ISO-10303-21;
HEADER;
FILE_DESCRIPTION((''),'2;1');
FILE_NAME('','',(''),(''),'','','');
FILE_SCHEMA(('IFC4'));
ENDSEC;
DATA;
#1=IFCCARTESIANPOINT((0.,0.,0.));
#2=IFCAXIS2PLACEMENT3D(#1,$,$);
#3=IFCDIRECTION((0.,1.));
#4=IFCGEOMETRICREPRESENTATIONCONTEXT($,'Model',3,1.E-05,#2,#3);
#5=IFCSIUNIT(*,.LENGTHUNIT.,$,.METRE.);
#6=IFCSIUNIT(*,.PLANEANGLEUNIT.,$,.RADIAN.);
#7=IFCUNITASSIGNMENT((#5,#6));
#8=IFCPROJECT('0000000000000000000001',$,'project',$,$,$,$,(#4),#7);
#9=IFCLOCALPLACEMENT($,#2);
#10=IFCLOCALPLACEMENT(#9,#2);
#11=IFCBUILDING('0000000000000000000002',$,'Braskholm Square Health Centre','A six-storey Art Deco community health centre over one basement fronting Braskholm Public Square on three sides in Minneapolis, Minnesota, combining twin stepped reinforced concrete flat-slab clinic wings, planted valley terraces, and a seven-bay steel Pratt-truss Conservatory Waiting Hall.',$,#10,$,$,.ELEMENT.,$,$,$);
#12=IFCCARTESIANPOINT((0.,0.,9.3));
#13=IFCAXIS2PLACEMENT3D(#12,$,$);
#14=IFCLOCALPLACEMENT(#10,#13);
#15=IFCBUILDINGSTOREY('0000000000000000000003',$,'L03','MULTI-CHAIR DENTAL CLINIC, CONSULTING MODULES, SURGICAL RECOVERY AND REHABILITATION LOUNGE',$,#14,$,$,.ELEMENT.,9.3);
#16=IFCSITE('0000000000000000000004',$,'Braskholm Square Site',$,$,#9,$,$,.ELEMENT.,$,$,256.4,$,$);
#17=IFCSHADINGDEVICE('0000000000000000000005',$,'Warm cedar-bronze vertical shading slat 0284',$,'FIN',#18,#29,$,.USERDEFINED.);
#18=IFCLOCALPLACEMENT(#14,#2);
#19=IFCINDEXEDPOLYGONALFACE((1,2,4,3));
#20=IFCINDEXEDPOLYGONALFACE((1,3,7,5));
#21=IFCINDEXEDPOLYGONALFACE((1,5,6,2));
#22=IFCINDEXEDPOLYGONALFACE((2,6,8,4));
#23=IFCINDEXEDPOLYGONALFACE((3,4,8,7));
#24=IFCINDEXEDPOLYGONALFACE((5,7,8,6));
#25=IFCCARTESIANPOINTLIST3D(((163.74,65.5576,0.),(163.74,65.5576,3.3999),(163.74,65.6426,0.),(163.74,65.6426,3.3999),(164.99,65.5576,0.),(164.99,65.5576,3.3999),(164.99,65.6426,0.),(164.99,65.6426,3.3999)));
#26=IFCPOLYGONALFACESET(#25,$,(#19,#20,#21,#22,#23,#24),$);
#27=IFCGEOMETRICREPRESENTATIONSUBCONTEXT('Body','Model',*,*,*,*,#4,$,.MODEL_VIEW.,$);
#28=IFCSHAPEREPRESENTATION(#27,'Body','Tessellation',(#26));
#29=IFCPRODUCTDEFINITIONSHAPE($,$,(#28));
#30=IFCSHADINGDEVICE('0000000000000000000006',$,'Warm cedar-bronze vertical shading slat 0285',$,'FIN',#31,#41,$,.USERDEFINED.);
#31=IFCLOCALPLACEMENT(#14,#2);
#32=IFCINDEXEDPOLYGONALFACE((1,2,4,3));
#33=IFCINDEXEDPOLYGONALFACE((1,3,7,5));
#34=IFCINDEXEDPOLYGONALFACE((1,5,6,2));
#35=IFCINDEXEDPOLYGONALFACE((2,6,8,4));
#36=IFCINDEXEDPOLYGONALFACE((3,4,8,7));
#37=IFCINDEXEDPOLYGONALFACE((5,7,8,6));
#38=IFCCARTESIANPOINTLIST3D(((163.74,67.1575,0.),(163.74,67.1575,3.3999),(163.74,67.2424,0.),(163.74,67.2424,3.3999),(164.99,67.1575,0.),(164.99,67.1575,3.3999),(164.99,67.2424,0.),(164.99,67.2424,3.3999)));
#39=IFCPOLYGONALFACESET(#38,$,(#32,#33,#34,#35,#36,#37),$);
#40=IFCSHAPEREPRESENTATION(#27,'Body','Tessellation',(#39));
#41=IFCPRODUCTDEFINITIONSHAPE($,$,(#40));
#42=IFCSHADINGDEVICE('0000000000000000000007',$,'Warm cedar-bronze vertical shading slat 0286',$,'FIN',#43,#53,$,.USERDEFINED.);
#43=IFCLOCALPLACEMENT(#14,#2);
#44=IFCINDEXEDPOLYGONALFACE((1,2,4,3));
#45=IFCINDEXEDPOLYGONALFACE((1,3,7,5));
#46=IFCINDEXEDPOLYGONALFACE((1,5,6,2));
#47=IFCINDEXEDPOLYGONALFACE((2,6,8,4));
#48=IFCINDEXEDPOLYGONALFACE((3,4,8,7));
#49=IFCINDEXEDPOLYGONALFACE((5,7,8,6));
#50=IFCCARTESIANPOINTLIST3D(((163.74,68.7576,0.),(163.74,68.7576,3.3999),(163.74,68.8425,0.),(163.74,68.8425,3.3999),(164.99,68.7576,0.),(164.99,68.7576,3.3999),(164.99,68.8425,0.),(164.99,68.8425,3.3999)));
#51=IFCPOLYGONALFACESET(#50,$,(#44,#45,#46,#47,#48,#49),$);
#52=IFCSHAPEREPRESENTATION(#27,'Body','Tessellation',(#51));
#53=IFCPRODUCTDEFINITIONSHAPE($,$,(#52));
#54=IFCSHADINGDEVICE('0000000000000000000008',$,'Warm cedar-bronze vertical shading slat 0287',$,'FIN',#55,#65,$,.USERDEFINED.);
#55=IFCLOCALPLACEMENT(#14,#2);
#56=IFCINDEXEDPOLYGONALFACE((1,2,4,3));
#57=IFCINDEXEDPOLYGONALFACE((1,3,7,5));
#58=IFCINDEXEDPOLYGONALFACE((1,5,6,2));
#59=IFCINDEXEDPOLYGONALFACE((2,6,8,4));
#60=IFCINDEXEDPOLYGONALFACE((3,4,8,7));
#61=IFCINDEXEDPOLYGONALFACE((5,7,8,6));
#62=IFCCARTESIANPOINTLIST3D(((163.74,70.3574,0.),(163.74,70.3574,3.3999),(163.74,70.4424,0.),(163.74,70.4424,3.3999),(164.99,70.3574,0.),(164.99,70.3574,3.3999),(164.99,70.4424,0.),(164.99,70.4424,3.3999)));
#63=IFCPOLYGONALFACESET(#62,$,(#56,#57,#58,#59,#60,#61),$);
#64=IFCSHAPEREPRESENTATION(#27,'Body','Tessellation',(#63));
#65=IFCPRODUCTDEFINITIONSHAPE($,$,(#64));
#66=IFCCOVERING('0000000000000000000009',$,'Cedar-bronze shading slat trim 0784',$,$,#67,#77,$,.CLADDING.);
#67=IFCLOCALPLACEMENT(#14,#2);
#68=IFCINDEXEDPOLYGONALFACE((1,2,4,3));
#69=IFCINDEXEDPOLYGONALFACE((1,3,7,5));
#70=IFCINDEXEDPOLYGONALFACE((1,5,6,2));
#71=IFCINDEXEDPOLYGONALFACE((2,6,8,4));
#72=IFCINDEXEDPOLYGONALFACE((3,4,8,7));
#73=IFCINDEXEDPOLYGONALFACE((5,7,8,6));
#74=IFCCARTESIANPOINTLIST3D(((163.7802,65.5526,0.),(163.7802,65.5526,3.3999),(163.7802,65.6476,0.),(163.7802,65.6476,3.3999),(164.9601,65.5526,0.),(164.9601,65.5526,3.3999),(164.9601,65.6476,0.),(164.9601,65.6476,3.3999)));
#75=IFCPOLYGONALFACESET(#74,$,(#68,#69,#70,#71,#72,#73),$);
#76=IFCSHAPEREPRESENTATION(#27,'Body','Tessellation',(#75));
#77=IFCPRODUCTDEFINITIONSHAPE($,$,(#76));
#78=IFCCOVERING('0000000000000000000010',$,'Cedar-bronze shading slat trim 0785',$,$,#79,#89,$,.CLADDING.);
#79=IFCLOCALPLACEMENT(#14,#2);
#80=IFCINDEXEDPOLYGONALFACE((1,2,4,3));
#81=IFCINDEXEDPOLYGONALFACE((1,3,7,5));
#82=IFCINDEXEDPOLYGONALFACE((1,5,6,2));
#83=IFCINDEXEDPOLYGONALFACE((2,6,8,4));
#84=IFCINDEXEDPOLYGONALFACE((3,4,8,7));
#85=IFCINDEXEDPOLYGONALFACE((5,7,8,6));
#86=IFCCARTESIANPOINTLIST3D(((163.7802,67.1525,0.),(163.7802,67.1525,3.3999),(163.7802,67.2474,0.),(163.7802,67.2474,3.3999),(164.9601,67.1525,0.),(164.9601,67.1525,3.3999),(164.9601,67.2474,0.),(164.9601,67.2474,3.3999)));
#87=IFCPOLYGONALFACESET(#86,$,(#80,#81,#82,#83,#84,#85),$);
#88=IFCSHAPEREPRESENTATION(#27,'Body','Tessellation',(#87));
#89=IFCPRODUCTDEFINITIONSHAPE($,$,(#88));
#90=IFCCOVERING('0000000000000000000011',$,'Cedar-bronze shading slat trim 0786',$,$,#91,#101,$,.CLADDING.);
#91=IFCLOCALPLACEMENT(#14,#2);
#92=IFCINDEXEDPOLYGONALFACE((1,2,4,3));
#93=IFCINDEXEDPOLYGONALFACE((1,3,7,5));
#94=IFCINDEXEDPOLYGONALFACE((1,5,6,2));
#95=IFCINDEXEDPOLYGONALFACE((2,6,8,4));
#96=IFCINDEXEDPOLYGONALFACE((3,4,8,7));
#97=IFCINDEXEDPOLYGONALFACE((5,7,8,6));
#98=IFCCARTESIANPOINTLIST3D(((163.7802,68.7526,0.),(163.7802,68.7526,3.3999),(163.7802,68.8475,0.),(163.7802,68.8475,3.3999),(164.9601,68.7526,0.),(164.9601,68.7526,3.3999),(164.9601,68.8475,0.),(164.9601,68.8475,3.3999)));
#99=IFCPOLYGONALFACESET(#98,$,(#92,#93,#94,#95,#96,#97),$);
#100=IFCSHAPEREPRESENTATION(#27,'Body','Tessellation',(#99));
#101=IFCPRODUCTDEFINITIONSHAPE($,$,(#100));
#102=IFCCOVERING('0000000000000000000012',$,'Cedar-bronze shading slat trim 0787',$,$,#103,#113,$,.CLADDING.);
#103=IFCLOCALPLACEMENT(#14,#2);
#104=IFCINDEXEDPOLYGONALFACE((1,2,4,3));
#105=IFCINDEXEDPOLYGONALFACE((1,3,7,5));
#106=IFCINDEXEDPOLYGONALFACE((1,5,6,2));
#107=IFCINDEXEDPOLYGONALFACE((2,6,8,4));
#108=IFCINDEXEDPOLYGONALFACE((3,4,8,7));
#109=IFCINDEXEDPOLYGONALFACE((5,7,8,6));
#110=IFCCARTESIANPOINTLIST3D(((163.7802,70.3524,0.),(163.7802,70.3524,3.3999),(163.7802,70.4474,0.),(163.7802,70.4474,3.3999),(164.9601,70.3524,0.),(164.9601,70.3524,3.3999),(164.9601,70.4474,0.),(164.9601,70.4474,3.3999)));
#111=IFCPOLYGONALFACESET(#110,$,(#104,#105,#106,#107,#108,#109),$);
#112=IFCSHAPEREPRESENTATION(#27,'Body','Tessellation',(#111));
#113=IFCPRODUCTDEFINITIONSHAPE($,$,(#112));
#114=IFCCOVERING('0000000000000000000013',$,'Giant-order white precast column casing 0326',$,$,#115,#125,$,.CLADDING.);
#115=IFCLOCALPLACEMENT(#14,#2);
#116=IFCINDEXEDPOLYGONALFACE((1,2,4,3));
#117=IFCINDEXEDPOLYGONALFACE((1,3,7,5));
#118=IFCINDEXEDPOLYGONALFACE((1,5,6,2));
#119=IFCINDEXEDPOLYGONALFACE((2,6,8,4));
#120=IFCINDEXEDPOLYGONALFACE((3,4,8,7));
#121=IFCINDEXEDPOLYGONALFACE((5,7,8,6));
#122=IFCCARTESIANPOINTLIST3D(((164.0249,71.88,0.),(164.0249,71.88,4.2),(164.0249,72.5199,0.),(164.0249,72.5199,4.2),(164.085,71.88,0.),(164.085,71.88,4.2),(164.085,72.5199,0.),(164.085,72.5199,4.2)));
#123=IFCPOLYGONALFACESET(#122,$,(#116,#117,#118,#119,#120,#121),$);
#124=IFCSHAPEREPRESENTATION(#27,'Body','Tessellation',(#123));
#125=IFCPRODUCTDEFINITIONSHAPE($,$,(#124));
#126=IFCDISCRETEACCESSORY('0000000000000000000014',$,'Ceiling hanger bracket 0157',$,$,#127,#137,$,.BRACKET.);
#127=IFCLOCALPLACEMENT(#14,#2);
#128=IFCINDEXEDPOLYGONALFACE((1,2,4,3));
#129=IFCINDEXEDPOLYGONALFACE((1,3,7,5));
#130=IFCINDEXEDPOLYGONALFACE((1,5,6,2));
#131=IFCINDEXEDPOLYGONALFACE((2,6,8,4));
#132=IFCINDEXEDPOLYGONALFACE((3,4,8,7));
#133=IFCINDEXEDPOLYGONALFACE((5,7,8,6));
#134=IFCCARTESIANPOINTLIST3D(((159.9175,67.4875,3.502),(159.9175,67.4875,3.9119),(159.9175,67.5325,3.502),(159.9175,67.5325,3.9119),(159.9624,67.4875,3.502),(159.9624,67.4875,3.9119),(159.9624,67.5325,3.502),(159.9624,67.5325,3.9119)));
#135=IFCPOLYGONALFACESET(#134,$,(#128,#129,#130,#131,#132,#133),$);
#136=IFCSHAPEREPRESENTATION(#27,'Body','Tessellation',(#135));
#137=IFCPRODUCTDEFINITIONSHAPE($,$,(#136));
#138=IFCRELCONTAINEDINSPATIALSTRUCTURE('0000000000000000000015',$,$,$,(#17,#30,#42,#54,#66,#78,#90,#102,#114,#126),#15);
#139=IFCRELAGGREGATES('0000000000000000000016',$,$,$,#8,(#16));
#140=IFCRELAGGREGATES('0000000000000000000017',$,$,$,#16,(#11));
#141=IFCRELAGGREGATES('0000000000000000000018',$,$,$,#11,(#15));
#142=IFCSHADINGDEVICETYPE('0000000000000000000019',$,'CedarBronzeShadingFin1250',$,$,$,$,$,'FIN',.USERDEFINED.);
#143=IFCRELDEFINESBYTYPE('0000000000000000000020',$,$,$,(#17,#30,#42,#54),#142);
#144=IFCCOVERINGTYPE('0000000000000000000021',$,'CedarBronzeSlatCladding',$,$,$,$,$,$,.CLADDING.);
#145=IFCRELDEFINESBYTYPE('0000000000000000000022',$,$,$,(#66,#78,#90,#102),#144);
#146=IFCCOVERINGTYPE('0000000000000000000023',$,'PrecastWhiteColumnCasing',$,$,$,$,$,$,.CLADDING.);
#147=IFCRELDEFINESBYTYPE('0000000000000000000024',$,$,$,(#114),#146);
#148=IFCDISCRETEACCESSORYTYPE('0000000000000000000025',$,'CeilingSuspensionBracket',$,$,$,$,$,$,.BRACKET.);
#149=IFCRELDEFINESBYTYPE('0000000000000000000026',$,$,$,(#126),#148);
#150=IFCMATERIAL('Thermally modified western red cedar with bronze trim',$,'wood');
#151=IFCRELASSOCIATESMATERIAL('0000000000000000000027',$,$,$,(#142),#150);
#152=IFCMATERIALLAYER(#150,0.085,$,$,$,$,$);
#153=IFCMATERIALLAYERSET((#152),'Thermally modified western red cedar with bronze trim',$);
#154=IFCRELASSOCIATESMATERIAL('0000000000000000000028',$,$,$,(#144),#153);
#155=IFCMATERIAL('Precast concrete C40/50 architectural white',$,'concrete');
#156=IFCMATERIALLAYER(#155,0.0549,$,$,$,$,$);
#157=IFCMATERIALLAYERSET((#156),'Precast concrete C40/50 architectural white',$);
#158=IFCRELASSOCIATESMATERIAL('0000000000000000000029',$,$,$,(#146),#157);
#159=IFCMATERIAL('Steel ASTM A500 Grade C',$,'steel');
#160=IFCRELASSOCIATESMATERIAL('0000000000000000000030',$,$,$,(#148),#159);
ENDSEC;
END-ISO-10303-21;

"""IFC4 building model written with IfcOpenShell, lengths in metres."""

from ifc_helpers import new_model, si_unit, direction, frame, origin, origin_2d, place, context, subcontext, project, spatial, rectangle, extrude, material, layer, layer_set, type_object, element, save


model = new_model("IFC4")

# Units and contexts
model_context = context("Model", 3, precision=1e-05, world=origin(), true_north=direction((0.0, 1.0)))
body_context = subcontext(model_context, "Body", "Model", "MODEL_VIEW")
ifc_project = project(units=[si_unit("LENGTHUNIT", "METRE"), si_unit("PLANEANGLEUNIT", "RADIAN")], contexts=[model_context])

# Site, building, storey
site_placement = place(None, origin())
site = spatial("IfcSite", under=ifc_project, at=site_placement, Name="Braskholm Square Site", CompositionType="ELEMENT", RefElevation=256.4)
building_placement = place(site_placement, origin())
building = spatial("IfcBuilding", under=site, at=building_placement, Name="Braskholm Square Health Centre", Description="A six-storey Art Deco community health centre over one basement fronting Braskholm Public Square on three sides in Minneapolis, Minnesota, combining twin stepped reinforced concrete flat-slab clinic wings, planted valley terraces, and a seven-bay steel Pratt-truss Conservatory Waiting Hall.", CompositionType="ELEMENT")
storey_placement = place(building_placement, frame((0.0, 0.0, 9.3)))
storey = spatial("IfcBuildingStorey", under=building, at=storey_placement, Name="L03", Description="MULTI-CHAIR DENTAL CLINIC, CONSULTING MODULES, SURGICAL RECOVERY AND REHABILITATION LOUNGE", CompositionType="ELEMENT", Elevation=9.3)

# Shared definitions
ifc_material_1 = material(Name="Precast concrete C40/50 architectural white", Category="concrete")

# Shading devices
ifc_material_2 = material(Name="Thermally modified western red cedar with bronze trim", Category="wood")
shading_device_type = type_object("IfcShadingDeviceType", Name="CedarBronzeShadingFin1250", ElementType="FIN", PredefinedType="USERDEFINED", material=ifc_material_2)
for number, where, z_axis, x_axis, name in (
    (1, (164.365, 65.6001, 0.0), (0.0, 0.0, 1.0), (1.0, 0.0, 0.0), "Warm cedar-bronze vertical shading slat 0284"),
    (2, (164.365, 67.2, 0.0), (0.0, 0.0, 1.0), (1.0, 0.0, 0.0), "Warm cedar-bronze vertical shading slat 0285"),
    (3, (164.365, 68.8, 0.0), (0.0, 0.0, 1.0), (1.0, 0.0, 0.0), "Warm cedar-bronze vertical shading slat 0286"),
    (4, (164.365, 70.3999, 0.0), (0.0, 0.0, 1.0), (1.0, 0.0, 0.0), "Warm cedar-bronze vertical shading slat 0287"),
):
    element("IfcShadingDevice", number, at=place(storey_placement, frame(where, z_axis=z_axis, x_axis=x_axis)), inside=storey, type_object=shading_device_type, Name=name, ObjectType="FIN", PredefinedType="USERDEFINED", context=body_context, shape_type="SweptSolid", body=[
        extrude(rectangle(XDim=1.25, YDim=0.085, at=origin_2d()), origin(), (0.0, 0.0, 1.0), 3.3999),
    ])

# Coverings
ifc_layer_1 = layer(ifc_material_2, 0.085)
ifc_layer_set_1 = layer_set([ifc_layer_1], Name="Thermally modified western red cedar with bronze trim")
covering_type_1 = type_object("IfcCoveringType", Name="CedarBronzeSlatCladding", PredefinedType="CLADDING", material=ifc_layer_set_1)
for number, where, z_axis, x_axis, name in (
    (5, (164.3701, 65.6001, 0.0), (0.0, 0.0, 1.0), (1.0, 0.0, 0.0), "Cedar-bronze shading slat trim 0784"),
    (6, (164.3701, 67.2, 0.0), (0.0, 0.0, 1.0), (1.0, 0.0, 0.0), "Cedar-bronze shading slat trim 0785"),
    (7, (164.3701, 68.8, 0.0), (0.0, 0.0, 1.0), (1.0, 0.0, 0.0), "Cedar-bronze shading slat trim 0786"),
    (8, (164.3701, 70.3999, 0.0), (0.0, 0.0, 1.0), (1.0, 0.0, 0.0), "Cedar-bronze shading slat trim 0787"),
):
    element("IfcCovering", number, at=place(storey_placement, frame(where, z_axis=z_axis, x_axis=x_axis)), inside=storey, type_object=covering_type_1, Name=name, PredefinedType="CLADDING", context=body_context, shape_type="SweptSolid", body=[
        extrude(rectangle(XDim=1.1799, YDim=0.095, at=origin_2d()), origin(), (0.0, 0.0, 1.0), 3.3999),
    ])
ifc_layer_2 = layer(ifc_material_1, 0.0549)
ifc_layer_set_2 = layer_set([ifc_layer_2], Name="Precast concrete C40/50 architectural white")
covering_type_2 = type_object("IfcCoveringType", Name="PrecastWhiteColumnCasing", PredefinedType="CLADDING", material=ifc_layer_set_2)
covering_placement = place(storey_placement, frame((164.0549, 72.2, 0.0), z_axis=(0.0, 0.0, 1.0), x_axis=(1.0, 0.0, 0.0)))
element("IfcCovering", 9, at=covering_placement, inside=storey, type_object=covering_type_2, Name="Giant-order white precast column casing 0326", PredefinedType="CLADDING", context=body_context, shape_type="SweptSolid", body=[
    extrude(rectangle(XDim=0.0601, YDim=0.6399, at=origin_2d()), origin(), (0.0, 0.0, 1.0), 4.2),
])

# Discrete accessory
ifc_material_3 = material(Name="Steel ASTM A500 Grade C", Category="steel")
discrete_accessory_type = type_object("IfcDiscreteAccessoryType", Name="CeilingSuspensionBracket", PredefinedType="BRACKET", material=ifc_material_3)
discrete_accessory_placement = place(storey_placement, frame((159.9399, 67.51, 3.502), z_axis=(0.0, 0.0, 1.0), x_axis=(1.0, 0.0, 0.0)))
element("IfcDiscreteAccessory", 10, at=discrete_accessory_placement, inside=storey, type_object=discrete_accessory_type, Name="Ceiling hanger bracket 0157", PredefinedType="BRACKET", context=body_context, shape_type="SweptSolid", body=[
    extrude(rectangle(XDim=0.0449, YDim=0.0449, at=origin_2d()), origin(), (0.0, 0.0, 1.0), 0.4099),
])

save(model, "model.ifc")
